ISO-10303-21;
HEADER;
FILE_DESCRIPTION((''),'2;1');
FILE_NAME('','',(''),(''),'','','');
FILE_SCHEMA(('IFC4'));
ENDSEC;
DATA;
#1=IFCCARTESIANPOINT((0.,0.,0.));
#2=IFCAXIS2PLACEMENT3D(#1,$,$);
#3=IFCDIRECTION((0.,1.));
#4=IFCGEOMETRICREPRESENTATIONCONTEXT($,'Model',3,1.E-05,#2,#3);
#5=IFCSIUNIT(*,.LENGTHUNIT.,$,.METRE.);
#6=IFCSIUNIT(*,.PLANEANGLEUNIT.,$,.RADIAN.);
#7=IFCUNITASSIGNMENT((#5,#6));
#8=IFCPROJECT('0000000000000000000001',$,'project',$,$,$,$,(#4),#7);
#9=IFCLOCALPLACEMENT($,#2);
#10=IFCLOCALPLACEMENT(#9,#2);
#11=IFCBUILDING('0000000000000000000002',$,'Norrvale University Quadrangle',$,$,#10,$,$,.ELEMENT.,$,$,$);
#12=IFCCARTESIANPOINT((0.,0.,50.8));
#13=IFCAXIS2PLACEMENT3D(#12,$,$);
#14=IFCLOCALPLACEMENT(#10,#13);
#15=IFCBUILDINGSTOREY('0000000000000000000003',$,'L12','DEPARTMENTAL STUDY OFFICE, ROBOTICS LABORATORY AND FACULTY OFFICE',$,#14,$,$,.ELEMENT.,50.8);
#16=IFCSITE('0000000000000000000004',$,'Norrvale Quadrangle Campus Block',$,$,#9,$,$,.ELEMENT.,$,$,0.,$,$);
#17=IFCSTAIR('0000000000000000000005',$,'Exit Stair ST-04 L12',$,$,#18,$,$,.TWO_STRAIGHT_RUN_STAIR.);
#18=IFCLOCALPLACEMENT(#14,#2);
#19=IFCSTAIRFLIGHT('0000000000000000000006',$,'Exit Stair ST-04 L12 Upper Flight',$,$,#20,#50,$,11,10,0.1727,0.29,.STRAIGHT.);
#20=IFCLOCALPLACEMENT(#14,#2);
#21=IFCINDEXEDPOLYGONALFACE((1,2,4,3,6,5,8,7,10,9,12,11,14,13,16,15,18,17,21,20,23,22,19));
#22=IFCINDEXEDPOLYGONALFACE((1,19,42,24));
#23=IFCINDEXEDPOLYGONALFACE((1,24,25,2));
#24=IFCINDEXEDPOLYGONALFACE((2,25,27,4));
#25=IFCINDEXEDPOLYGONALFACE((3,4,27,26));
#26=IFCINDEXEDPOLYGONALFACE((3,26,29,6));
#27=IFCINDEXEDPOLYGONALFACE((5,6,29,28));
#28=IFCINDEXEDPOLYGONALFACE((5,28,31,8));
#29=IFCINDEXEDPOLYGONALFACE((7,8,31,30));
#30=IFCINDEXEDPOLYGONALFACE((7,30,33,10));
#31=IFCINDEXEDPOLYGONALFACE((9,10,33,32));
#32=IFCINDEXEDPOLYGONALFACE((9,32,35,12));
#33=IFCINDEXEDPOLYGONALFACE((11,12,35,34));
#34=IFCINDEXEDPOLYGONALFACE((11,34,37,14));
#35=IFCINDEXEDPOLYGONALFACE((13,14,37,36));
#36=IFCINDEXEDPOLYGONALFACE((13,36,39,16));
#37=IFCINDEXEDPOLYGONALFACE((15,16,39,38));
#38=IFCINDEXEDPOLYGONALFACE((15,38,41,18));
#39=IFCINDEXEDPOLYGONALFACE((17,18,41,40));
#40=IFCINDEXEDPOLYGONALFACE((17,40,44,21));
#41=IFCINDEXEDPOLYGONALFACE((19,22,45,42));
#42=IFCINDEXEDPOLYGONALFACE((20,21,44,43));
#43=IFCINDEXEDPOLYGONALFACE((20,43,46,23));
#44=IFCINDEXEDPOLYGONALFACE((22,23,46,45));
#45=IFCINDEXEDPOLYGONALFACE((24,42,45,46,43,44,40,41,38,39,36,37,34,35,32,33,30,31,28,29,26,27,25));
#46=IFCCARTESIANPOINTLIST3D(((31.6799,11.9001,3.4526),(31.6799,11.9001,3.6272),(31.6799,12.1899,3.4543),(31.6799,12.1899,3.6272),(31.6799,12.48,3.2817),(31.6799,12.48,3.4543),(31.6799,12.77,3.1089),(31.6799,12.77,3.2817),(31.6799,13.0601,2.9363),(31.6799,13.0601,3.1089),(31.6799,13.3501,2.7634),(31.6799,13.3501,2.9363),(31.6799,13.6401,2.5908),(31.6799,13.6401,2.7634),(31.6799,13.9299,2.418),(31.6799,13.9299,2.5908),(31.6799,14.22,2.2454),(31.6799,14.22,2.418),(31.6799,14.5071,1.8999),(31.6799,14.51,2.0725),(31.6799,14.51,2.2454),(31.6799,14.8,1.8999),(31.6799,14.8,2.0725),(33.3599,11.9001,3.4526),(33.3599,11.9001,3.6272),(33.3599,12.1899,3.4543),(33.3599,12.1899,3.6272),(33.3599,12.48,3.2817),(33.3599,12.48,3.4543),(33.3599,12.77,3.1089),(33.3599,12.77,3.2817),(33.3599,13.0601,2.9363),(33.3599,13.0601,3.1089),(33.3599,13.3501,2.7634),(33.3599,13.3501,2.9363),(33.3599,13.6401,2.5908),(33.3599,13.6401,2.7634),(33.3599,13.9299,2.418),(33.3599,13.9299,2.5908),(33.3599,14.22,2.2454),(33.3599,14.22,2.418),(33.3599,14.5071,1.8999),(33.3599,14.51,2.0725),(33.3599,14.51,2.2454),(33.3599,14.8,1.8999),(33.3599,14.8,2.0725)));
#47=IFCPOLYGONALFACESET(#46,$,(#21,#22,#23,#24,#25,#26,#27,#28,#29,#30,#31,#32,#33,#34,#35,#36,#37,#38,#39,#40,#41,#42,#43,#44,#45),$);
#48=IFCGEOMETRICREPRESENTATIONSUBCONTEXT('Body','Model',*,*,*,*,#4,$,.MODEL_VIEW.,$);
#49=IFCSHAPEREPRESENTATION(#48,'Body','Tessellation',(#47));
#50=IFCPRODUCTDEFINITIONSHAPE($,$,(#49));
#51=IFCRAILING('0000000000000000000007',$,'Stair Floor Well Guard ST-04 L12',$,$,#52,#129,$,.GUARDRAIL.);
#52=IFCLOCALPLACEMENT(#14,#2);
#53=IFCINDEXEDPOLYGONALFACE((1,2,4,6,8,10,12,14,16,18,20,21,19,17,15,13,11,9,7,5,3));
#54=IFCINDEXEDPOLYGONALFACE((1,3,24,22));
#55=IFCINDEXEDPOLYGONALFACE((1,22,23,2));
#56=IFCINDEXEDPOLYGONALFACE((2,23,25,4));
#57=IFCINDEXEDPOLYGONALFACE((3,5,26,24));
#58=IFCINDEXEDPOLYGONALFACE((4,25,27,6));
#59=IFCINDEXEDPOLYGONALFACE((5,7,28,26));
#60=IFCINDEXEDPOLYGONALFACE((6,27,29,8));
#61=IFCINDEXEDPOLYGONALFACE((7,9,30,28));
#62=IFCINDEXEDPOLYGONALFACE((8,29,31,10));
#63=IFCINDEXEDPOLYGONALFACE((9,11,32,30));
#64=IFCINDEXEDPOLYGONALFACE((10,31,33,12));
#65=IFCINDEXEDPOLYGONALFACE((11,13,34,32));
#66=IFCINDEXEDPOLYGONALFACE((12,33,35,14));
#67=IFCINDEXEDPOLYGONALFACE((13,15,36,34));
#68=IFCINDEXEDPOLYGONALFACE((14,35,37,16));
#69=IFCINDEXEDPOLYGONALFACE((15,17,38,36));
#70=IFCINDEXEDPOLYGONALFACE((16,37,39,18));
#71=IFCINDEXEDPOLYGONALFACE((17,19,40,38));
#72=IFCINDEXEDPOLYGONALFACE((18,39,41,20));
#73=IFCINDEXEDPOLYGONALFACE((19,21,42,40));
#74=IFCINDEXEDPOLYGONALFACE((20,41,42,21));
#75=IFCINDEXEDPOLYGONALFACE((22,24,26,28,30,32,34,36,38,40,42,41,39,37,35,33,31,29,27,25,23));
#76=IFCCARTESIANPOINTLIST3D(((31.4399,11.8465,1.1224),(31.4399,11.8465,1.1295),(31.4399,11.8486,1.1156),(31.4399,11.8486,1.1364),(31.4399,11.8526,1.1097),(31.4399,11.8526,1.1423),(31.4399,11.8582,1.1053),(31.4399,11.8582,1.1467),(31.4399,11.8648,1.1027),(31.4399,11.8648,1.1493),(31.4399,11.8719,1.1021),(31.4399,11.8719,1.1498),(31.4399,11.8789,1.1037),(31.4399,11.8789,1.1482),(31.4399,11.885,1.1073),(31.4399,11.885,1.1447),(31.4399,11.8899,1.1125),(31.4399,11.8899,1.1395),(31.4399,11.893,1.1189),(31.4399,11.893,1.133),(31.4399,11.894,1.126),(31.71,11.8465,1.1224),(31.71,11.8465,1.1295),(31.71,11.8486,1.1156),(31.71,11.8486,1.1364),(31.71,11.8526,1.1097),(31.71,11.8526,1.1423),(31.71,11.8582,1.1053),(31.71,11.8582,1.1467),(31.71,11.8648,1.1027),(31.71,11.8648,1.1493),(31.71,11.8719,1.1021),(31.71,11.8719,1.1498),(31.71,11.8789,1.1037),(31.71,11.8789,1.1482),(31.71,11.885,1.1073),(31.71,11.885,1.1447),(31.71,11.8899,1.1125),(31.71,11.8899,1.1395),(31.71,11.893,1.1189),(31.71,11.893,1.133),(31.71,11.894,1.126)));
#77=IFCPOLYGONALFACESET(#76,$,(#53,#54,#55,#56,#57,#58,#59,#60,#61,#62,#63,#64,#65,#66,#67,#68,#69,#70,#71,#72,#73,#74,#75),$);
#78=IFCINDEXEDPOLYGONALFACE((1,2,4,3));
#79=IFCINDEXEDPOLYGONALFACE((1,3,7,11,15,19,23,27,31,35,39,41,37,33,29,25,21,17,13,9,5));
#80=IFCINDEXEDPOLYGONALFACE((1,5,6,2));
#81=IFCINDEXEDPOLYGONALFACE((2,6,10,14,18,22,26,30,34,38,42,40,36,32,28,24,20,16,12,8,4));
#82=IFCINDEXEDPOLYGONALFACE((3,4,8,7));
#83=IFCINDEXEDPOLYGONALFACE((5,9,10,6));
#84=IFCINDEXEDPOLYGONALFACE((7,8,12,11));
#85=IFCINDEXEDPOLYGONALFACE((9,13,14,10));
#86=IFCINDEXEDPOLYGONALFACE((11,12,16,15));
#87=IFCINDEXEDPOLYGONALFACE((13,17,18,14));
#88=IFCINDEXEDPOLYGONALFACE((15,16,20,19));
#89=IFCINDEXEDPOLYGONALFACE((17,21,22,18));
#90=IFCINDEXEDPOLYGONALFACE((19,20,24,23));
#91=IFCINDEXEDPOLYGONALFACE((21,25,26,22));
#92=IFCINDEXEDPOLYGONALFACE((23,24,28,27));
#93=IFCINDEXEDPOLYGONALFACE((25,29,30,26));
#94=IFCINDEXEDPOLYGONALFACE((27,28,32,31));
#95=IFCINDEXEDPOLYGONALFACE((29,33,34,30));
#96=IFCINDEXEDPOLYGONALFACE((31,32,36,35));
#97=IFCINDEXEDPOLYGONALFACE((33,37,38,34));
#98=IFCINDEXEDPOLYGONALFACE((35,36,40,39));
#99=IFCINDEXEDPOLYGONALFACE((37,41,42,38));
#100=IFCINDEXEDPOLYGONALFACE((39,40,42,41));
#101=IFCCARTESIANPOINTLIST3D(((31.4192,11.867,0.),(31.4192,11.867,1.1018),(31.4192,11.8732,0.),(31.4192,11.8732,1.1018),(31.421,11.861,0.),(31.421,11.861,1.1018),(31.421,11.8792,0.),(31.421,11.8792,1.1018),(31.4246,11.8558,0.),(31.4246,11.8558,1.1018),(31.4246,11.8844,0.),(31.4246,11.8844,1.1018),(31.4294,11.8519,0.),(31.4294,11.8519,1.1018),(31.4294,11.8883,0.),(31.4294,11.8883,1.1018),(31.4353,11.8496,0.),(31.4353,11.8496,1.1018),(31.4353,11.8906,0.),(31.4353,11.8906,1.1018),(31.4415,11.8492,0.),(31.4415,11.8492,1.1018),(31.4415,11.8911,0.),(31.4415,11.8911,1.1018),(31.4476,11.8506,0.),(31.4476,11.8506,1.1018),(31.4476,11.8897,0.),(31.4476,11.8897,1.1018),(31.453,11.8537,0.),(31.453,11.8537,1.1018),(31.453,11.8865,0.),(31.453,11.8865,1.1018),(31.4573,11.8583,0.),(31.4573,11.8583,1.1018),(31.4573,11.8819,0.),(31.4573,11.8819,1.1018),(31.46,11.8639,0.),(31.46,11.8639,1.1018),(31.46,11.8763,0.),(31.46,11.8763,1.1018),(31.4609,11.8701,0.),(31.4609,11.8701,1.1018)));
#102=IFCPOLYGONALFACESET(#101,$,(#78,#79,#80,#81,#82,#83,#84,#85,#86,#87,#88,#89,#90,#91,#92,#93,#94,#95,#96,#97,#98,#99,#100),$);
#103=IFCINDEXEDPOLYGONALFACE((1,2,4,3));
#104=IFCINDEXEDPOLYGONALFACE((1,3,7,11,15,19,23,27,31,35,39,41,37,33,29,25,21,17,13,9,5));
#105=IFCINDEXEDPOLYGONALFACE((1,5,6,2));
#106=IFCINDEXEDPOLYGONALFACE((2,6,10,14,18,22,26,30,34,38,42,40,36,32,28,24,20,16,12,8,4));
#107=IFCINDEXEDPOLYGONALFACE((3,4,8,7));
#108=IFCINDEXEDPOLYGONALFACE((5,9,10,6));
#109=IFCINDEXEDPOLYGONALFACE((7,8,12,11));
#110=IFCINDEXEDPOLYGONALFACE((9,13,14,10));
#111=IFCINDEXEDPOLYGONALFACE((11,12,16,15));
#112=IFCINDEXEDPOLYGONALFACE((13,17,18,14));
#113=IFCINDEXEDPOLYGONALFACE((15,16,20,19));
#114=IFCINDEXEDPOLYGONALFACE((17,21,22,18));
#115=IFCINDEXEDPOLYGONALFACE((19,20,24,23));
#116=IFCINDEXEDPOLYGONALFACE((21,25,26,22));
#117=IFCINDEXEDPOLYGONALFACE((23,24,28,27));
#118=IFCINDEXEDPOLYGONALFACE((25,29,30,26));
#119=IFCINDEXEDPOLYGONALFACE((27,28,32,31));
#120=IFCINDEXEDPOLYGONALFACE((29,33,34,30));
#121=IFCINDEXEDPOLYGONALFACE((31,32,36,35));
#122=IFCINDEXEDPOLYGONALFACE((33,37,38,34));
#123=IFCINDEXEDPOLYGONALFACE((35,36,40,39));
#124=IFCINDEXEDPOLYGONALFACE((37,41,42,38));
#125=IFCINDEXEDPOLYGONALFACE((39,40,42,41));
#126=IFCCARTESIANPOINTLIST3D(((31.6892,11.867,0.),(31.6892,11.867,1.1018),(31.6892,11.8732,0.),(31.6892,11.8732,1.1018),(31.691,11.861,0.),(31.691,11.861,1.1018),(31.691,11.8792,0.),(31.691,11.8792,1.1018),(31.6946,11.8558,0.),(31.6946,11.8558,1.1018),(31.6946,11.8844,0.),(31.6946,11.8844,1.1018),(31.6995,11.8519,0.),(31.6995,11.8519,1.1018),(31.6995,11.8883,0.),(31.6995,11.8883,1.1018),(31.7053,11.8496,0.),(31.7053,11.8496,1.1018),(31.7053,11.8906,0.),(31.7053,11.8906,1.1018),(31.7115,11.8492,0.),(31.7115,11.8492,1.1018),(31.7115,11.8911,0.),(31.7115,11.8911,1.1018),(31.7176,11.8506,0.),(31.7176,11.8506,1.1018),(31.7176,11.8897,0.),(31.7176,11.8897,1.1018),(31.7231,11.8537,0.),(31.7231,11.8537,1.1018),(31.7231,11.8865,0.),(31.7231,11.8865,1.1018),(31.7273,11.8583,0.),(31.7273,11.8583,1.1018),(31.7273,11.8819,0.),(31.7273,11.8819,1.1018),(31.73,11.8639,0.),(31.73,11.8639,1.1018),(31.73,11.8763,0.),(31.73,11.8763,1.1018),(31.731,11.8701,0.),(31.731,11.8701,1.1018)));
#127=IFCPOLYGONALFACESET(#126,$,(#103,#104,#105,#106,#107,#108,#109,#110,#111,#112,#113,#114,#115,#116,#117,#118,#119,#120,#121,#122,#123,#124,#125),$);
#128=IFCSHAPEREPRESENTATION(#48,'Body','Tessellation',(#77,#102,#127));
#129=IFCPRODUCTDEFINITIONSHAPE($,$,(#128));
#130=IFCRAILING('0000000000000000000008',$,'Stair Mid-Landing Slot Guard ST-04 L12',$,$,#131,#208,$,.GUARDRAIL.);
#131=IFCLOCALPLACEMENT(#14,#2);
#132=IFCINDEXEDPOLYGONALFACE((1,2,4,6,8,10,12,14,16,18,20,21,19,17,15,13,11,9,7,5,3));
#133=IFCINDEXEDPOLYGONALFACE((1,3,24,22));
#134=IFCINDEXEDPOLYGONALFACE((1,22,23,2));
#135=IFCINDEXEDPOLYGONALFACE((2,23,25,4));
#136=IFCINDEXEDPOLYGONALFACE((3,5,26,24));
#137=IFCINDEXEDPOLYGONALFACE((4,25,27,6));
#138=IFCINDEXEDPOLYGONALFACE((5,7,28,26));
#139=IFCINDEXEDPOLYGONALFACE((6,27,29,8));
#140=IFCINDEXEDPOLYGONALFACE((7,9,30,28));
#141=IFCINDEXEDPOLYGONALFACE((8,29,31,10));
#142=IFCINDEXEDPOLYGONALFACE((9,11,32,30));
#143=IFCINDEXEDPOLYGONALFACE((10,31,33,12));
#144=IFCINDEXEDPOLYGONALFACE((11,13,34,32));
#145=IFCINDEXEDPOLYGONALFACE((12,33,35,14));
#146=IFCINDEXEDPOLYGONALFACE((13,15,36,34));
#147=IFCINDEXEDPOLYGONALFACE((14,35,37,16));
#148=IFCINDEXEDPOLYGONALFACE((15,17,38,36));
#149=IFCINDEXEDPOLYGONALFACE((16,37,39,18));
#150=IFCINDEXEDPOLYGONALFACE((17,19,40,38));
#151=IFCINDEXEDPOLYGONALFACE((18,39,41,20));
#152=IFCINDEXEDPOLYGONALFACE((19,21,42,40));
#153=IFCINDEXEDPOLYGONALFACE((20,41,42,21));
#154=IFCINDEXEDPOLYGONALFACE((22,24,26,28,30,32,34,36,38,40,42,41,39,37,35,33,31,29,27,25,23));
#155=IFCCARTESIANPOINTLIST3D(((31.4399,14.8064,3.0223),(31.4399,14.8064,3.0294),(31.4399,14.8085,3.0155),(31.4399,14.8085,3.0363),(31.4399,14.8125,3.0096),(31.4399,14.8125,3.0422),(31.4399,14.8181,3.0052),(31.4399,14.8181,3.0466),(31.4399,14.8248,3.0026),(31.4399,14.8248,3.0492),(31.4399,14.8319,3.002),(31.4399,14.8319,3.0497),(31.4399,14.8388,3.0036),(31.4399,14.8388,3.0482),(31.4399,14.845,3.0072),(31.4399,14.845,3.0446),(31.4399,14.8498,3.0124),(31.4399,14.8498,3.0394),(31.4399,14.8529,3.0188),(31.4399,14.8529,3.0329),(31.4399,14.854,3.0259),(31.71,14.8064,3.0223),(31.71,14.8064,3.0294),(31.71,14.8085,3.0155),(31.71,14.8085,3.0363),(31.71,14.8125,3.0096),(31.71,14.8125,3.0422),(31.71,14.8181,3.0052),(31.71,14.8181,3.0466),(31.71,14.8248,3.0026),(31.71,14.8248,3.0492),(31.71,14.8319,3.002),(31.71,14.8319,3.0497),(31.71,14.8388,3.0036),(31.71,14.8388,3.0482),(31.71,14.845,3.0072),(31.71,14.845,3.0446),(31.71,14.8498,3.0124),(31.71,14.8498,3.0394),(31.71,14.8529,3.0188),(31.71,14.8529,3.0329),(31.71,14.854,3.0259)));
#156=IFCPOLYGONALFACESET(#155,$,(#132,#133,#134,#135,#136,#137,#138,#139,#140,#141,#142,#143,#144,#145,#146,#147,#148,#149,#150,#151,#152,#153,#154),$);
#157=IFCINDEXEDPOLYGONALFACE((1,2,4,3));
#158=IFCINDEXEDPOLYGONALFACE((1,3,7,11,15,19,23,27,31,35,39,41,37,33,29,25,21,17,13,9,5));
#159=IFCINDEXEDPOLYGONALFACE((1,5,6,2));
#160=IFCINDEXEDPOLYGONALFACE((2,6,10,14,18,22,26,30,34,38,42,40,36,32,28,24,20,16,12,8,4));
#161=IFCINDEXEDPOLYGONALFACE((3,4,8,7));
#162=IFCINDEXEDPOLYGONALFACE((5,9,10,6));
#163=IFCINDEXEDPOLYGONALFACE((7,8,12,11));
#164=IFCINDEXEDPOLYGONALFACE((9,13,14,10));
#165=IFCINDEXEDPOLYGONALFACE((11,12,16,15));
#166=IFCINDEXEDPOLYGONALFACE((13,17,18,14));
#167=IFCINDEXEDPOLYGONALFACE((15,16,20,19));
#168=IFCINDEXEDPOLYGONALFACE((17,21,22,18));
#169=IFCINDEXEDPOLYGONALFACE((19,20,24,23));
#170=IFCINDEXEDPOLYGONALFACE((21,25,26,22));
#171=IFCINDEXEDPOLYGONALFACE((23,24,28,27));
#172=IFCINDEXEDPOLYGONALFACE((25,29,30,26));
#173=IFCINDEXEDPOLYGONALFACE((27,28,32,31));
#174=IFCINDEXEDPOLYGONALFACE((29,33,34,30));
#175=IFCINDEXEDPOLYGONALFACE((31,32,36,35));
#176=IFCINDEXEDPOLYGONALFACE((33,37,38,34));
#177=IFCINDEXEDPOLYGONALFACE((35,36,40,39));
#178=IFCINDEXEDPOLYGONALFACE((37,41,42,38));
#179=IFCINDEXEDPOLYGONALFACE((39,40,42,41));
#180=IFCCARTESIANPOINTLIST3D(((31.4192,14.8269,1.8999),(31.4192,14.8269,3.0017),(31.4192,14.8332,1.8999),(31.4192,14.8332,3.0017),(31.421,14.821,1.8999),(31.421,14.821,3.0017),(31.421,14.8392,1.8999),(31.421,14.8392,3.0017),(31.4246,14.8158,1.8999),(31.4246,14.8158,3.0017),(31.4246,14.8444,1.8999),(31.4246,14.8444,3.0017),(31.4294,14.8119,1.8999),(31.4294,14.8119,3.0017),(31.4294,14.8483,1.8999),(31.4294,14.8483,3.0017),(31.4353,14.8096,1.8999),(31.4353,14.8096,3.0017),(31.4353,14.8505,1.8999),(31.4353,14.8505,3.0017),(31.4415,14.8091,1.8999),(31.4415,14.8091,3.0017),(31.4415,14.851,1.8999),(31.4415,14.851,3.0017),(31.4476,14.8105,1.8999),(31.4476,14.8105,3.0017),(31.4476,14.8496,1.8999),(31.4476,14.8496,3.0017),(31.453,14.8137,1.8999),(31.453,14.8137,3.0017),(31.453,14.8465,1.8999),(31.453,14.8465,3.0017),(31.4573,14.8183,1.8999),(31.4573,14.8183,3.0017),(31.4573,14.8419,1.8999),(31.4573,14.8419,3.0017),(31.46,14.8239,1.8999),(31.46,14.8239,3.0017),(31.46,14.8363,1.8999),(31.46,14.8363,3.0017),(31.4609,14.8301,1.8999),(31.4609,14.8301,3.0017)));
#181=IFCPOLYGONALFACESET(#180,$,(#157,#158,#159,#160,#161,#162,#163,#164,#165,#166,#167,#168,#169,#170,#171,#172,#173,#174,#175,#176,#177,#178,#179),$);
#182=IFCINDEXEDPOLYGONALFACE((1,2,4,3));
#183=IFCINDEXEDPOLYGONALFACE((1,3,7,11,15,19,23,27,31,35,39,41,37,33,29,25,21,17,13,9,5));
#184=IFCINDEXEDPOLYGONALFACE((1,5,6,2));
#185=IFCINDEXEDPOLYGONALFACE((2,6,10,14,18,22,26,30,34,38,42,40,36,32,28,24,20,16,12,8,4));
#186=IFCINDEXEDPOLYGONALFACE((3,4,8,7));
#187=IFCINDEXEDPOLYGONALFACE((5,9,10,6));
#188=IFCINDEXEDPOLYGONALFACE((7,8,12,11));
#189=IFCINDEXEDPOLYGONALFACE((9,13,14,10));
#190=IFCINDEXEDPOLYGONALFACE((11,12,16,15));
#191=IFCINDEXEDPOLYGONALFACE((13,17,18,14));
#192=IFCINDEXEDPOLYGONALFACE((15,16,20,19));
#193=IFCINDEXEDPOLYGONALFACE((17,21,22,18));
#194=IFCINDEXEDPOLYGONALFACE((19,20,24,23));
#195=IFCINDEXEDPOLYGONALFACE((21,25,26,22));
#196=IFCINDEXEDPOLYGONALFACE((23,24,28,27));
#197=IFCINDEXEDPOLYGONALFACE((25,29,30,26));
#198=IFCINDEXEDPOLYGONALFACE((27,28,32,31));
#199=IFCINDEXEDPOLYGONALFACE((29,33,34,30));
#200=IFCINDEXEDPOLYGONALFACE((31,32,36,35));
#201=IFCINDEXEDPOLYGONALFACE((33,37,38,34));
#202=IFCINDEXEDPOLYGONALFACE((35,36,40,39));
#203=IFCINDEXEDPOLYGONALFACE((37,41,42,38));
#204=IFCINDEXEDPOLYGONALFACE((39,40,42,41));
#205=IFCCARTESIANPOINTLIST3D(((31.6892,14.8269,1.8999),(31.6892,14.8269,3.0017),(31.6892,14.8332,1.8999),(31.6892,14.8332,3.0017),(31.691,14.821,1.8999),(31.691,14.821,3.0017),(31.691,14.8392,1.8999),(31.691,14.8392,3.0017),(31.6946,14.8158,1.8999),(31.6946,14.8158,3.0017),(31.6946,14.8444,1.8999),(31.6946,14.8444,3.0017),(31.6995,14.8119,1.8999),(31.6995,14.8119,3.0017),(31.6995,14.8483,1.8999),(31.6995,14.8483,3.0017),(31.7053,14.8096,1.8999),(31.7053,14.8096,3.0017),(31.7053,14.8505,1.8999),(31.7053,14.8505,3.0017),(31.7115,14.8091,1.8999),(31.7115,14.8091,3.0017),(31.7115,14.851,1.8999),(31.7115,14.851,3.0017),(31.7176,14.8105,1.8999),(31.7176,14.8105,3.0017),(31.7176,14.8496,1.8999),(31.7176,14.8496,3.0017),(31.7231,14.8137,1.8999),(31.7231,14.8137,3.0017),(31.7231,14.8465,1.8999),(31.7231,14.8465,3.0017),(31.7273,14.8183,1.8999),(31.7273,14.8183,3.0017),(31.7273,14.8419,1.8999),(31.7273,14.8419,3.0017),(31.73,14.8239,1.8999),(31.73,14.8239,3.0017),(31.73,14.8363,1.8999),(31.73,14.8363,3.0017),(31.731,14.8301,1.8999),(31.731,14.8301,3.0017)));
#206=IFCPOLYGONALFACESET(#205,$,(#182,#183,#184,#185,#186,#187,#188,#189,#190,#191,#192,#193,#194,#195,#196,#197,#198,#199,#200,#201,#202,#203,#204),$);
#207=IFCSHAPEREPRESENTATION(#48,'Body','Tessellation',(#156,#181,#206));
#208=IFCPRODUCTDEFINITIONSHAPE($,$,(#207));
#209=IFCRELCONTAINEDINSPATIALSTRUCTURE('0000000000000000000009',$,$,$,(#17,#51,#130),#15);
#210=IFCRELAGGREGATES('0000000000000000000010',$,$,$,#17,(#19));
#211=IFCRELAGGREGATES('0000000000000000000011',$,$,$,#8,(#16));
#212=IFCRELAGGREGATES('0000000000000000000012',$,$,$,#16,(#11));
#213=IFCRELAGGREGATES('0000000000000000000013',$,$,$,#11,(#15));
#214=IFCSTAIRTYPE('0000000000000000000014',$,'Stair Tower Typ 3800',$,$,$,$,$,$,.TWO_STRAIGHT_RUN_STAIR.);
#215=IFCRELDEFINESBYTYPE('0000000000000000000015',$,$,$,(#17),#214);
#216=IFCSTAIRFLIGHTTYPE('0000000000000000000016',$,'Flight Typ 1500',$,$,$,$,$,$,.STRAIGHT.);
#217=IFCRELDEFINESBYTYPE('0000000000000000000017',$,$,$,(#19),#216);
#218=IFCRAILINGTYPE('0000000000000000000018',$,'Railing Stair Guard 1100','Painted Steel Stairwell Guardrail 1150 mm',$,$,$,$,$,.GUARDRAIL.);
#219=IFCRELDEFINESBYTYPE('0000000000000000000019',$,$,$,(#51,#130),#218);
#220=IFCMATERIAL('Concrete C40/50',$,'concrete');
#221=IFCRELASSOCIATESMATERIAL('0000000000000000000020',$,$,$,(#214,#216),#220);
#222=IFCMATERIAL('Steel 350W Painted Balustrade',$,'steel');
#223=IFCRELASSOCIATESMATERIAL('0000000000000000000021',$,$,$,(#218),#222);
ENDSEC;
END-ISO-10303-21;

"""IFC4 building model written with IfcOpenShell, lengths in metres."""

from ifc_helpers import new_model, si_unit, direction, frame, origin, origin_2d, place, context, subcontext, project, spatial, polyline, circle, outline, extrude, material, type_object, element, aggregate, save


model = new_model("IFC4")

# Units and contexts
model_context = context("Model", 3, precision=1e-05, world=origin(), true_north=direction((0.0, 1.0)))
body_context = subcontext(model_context, "Body", "Model", "MODEL_VIEW")
ifc_project = project(units=[si_unit("LENGTHUNIT", "METRE"), si_unit("PLANEANGLEUNIT", "RADIAN")], contexts=[model_context])

# Site, building, storey
site_placement = place(None, origin())
site = spatial("IfcSite", under=ifc_project, at=site_placement, Name="Norrvale Quadrangle Campus Block", CompositionType="ELEMENT", RefElevation=0.0)
building_placement = place(site_placement, origin())
building = spatial("IfcBuilding", under=site, at=building_placement, Name="Norrvale University Quadrangle", CompositionType="ELEMENT")
storey_placement = place(building_placement, frame((0.0, 0.0, 50.8)))
storey = spatial("IfcBuildingStorey", under=building, at=storey_placement, Name="L12", Description="DEPARTMENTAL STUDY OFFICE, ROBOTICS LABORATORY AND FACULTY OFFICE", CompositionType="ELEMENT", Elevation=50.8)

# Stair, stair flight
ifc_material_1 = material(Name="Concrete C40/50", Category="concrete")
stair_type = type_object("IfcStairType", Name="Stair Tower Typ 3800", PredefinedType="TWO_STRAIGHT_RUN_STAIR", material=ifc_material_1)
stair_placement = place(storey_placement, origin())
stair = element("IfcStair", 1, at=stair_placement, inside=storey, type_object=stair_type, Name="Exit Stair ST-04 L12", PredefinedType="TWO_STRAIGHT_RUN_STAIR")
stair_flight_type = type_object("IfcStairFlightType", Name="Flight Typ 1500", PredefinedType="STRAIGHT", material=ifc_material_1)
stair_flight_1_placement = place(storey_placement, frame((32.52, 14.8, 1.8999), z_axis=(0.0, 0.0, 1.0), x_axis=(0.0, -1.0, 0.0)))
stair_flight_1 = element("IfcStairFlight", 2, at=stair_flight_1_placement, type_object=stair_flight_type, Name="Exit Stair ST-04 L12 Upper Flight", NumberOfRisers=11, NumberOfTreads=10, PredefinedType="STRAIGHT", RiserHeight=0.1727, TreadLength=0.29, context=body_context, shape_type="SweptSolid", body=[
    extrude(outline(polyline([(0.0, 0.0), (0.0, 0.1726), (0.29, 0.1726), (0.29, 0.3455), (0.5801, 0.3455), (0.5801, 0.5181), (0.8701, 0.5181), (0.8701, 0.6909), (1.1599, 0.6909), (1.1599, 0.8635), (1.45, 0.8635), (1.45, 1.0364), (1.74, 1.0364), (1.74, 1.209), (2.03, 1.209), (2.03, 1.3818), (2.3201, 1.3818), (2.3201, 1.5544), (2.6101, 1.5544), (2.6101, 1.7273), (2.8999, 1.7273), (2.8999, 1.8999), (2.8999, 1.5527), (0.293, 0.0), (0.0, 0.0)])), frame((0.0, 0.8398, 0.0), z_axis=(0.0, -1.0, 0.0), x_axis=(1.0, 0.0, 0.0)), (0.0, 0.0, 1.0), 1.6799),
])
aggregate(stair, [stair_flight_1])

# Railings
ifc_material_2 = material(Name="Steel 350W Painted Balustrade", Category="steel")
railing_type_1 = type_object("IfcRailingType", Name="Railing Stair Guard 1100", Description="Painted Steel Stairwell Guardrail 1150 mm", PredefinedType="GUARDRAIL", material=ifc_material_2)
for number, where, name in (
    (3, (31.4399, 11.8701, 0.0), "Stair Floor Well Guard ST-04 L12"),
    (4, (31.4399, 14.8301, 1.8999), "Stair Mid-Landing Slot Guard ST-04 L12"),
):
    element("IfcRailing", number, at=place(storey_placement, frame(where)), inside=storey, type_object=railing_type_1, Name=name, PredefinedType="GUARDRAIL", context=body_context, shape_type="SweptSolid", body=[
        extrude(circle(Radius=0.0239, at=origin_2d()), frame((0.0, 0.0, 1.126), z_axis=(1.0, 0.0, 0.0), x_axis=(0.0, 1.0, 0.0)), (0.0, 0.0, 1.0), 0.27),
        extrude(circle(Radius=0.021, at=origin_2d()), origin(), (0.0, 0.0, 1.0), 1.1018),
        extrude(circle(Radius=0.021, at=origin_2d()), frame((0.27, 0.0, 0.0)), (0.0, 0.0, 1.0), 1.1018),
    ])

save(model, "model.ifc")
